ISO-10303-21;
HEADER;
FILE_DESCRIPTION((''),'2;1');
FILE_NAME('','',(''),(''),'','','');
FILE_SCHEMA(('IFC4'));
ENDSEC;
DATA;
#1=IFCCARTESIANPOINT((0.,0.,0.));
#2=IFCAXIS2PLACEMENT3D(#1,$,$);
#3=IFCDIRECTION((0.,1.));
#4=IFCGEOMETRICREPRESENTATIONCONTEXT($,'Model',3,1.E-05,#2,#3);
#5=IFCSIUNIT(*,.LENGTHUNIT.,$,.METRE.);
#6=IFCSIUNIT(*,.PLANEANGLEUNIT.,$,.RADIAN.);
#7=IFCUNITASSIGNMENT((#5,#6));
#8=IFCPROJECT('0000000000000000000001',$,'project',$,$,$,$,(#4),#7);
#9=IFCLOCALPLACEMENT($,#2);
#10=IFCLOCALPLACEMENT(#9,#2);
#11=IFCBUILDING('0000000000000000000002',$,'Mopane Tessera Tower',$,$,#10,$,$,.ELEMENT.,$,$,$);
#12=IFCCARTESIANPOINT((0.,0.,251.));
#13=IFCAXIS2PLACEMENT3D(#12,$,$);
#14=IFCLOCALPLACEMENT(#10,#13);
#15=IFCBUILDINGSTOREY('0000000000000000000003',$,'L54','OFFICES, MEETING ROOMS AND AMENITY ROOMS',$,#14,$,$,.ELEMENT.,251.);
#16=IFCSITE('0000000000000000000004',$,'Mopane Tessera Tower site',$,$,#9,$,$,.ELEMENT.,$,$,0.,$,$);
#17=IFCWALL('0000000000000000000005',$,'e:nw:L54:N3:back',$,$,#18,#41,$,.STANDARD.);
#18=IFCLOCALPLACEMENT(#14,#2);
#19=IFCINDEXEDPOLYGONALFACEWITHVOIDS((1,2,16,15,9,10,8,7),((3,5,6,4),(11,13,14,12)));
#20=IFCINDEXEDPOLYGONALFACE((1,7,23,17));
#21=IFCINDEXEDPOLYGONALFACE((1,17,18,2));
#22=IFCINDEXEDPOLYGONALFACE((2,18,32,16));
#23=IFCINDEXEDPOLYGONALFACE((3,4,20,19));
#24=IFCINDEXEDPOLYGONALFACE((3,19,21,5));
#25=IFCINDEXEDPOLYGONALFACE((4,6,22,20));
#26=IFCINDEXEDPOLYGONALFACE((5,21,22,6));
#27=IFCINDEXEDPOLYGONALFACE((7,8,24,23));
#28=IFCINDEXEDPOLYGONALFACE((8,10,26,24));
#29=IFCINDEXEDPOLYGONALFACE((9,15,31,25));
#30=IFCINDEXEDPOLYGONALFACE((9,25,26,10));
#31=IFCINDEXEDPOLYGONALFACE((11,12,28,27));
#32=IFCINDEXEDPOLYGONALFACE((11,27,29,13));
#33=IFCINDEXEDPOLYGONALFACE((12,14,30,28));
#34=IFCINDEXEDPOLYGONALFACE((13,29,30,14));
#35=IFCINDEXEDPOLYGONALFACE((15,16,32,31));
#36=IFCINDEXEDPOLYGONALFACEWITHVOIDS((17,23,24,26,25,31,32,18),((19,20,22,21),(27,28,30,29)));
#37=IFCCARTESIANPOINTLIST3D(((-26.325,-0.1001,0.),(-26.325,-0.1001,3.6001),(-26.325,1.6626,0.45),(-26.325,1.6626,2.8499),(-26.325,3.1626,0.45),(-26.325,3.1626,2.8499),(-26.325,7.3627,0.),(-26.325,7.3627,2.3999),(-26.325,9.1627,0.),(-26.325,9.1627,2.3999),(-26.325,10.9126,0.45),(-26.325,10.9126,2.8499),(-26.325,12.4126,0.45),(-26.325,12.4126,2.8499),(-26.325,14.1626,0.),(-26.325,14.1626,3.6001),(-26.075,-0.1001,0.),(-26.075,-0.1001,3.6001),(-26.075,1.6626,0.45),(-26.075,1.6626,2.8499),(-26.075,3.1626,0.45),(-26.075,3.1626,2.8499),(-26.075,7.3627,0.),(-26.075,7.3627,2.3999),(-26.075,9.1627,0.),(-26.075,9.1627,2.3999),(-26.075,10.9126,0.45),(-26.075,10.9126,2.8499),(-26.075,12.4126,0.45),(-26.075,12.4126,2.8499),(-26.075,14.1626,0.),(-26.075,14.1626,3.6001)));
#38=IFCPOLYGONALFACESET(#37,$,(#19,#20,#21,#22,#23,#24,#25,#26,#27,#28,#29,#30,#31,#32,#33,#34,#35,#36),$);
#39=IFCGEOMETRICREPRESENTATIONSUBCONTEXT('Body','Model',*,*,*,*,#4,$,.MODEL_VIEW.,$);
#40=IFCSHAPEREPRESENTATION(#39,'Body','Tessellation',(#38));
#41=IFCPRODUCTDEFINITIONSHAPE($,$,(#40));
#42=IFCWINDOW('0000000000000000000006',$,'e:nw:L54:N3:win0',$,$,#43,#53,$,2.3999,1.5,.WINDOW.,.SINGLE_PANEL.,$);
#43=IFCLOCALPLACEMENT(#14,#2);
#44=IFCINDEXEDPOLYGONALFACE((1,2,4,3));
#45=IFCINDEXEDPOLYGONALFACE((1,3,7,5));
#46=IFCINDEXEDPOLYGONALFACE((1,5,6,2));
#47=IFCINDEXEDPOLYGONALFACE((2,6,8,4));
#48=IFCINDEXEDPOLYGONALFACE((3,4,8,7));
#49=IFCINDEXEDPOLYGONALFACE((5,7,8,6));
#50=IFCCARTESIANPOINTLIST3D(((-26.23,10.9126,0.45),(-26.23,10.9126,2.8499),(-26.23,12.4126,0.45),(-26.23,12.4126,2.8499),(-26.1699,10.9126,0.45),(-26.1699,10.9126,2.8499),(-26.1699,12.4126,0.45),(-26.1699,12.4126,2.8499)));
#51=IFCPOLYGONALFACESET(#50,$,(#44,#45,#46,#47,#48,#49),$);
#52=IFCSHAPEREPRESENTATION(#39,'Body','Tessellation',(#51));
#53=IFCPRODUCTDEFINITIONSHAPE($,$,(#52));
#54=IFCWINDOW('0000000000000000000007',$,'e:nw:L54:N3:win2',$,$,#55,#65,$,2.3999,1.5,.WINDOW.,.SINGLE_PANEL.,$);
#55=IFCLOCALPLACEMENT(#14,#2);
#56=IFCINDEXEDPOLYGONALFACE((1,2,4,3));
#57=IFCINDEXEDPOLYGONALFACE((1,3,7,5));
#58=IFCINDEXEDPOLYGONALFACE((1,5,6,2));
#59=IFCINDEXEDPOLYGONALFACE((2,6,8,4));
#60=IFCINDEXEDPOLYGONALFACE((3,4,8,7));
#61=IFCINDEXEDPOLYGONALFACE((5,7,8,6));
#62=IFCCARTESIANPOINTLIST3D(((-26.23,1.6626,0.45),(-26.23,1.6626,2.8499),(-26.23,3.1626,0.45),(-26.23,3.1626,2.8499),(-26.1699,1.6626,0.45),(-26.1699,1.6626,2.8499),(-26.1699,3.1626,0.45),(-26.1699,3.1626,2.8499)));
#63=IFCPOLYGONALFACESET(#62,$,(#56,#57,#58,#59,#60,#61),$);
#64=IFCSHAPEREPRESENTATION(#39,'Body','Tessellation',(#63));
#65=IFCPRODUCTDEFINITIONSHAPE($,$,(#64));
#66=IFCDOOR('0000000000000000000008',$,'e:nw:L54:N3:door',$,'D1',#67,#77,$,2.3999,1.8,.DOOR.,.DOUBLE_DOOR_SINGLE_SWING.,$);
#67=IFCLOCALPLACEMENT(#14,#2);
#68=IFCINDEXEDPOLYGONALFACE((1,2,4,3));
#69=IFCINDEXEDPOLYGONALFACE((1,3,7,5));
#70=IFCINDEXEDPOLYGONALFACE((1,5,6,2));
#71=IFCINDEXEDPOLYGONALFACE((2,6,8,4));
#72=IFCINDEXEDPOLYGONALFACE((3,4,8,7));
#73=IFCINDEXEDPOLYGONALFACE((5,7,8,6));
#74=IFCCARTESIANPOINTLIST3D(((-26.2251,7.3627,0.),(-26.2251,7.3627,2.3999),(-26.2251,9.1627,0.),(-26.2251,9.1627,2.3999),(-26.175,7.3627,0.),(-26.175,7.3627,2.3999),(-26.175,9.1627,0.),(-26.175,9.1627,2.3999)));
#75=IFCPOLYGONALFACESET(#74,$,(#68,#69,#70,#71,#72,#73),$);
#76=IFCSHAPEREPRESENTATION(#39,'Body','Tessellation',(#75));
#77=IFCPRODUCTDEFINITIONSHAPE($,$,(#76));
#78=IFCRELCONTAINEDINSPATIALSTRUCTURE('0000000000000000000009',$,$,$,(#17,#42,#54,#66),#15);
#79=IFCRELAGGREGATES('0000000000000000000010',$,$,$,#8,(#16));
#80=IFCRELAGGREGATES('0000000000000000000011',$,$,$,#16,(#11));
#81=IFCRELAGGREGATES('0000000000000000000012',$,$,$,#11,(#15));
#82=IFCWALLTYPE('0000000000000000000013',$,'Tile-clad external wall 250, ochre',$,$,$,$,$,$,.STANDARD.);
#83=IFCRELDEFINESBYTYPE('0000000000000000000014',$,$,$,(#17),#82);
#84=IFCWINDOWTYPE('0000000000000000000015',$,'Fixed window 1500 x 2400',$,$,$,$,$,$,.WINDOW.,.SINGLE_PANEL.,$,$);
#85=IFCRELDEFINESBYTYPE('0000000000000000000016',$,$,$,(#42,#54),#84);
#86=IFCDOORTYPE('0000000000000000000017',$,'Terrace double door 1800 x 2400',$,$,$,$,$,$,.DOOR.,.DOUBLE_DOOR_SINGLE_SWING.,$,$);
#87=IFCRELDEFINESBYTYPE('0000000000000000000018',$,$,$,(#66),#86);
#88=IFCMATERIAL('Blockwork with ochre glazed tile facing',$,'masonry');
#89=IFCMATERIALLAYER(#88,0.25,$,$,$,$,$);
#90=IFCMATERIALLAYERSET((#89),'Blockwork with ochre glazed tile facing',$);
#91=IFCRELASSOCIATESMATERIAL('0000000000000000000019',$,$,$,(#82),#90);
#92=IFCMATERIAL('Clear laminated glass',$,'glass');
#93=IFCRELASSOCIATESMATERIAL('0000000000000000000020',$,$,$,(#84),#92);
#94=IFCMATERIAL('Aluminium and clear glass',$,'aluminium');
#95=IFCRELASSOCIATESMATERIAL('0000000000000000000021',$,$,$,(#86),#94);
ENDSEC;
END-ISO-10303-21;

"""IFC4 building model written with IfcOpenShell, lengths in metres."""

from ifc_helpers import new_model, si_unit, direction, frame, frame_2d, origin, place, context, subcontext, project, spatial, rectangle, extrude, material, layer, layer_set, type_object, element, fill, save


model = new_model("IFC4")

# Units and contexts
model_context = context("Model", 3, precision=1e-05, world=origin(), true_north=direction((0.0, 1.0)))
body_context = subcontext(model_context, "Body", "Model", "MODEL_VIEW")
ifc_project = project(units=[si_unit("LENGTHUNIT", "METRE"), si_unit("PLANEANGLEUNIT", "RADIAN")], contexts=[model_context])

# Site, building, storey
site_placement = place(None, origin())
site = spatial("IfcSite", under=ifc_project, at=site_placement, Name="Mopane Tessera Tower site", CompositionType="ELEMENT", RefElevation=0.0)
building_placement = place(site_placement, origin())
building = spatial("IfcBuilding", under=site, at=building_placement, Name="Mopane Tessera Tower", CompositionType="ELEMENT")
storey_placement = place(building_placement, frame((0.0, 0.0, 251.0)))
storey = spatial("IfcBuildingStorey", under=building, at=storey_placement, Name="L54", Description="OFFICES, MEETING ROOMS AND AMENITY ROOMS", CompositionType="ELEMENT", Elevation=251.0)

# Wall, openings, windows, door
ifc_material_1 = material(Name="Blockwork with ochre glazed tile facing", Category="masonry")
ifc_layer_1 = layer(ifc_material_1, 0.25)
ifc_layer_set_1 = layer_set([ifc_layer_1], Name="Blockwork with ochre glazed tile facing")
wall_type_1 = type_object("IfcWallType", Name="Tile-clad external wall 250, ochre", PredefinedType="STANDARD", material=ifc_layer_set_1)
wall_1_placement = place(storey_placement, frame((-26.2, 14.1626, 0.0), z_axis=(0.0, 0.0, 1.0), x_axis=(0.0, -1.0, 0.0)))
wall_1 = element("IfcWall", 1, at=wall_1_placement, inside=storey, type_object=wall_type_1, Name="e:nw:L54:N3:back", PredefinedType="STANDARD", context=body_context, shape_type="SweptSolid", body=[
    extrude(rectangle(XDim=14.2627, YDim=0.25, at=frame_2d((7.1313, 0.0))), origin(), (0.0, 0.0, 1.0), 3.6001),
])
opening_1_placement = place(wall_1_placement, frame((1.75, 0.0, 0.45)))
opening_1 = element("IfcOpeningElement", 2, at=opening_1_placement, cuts=wall_1, PredefinedType="OPENING", context=body_context, shape_type="SweptSolid", body=[
    extrude(rectangle(XDim=1.5, YDim=2.3999, at=frame_2d((0.75, 1.2))), frame((0.0, 0.137, 0.0), z_axis=(0.0, -1.0, 0.0), x_axis=(1.0, 0.0, 0.0)), (0.0, 0.0, 1.0), 0.2739),
])
opening_2_placement = place(wall_1_placement, frame((5.0, 0.0, 0.0)))
opening_2 = element("IfcOpeningElement", 3, at=opening_2_placement, cuts=wall_1, PredefinedType="OPENING", context=body_context, shape_type="SweptSolid", body=[
    extrude(rectangle(XDim=1.8, YDim=2.3999, at=frame_2d((0.8999, 1.2))), frame((0.0, 0.137, 0.0), z_axis=(0.0, -1.0, 0.0), x_axis=(1.0, 0.0, 0.0)), (0.0, 0.0, 1.0), 0.2739),
])
opening_3_placement = place(wall_1_placement, frame((11.0, 0.0, 0.45)))
opening_3 = element("IfcOpeningElement", 4, at=opening_3_placement, cuts=wall_1, PredefinedType="OPENING", context=body_context, shape_type="SweptSolid", body=[
    extrude(rectangle(XDim=1.5, YDim=2.3999, at=frame_2d((0.75, 1.2))), frame((0.0, 0.137, 0.0), z_axis=(0.0, -1.0, 0.0), x_axis=(1.0, 0.0, 0.0)), (0.0, 0.0, 1.0), 0.2739),
])
ifc_material_2 = material(Name="Clear laminated glass", Category="glass")
window_type = type_object("IfcWindowType", Name="Fixed window 1500 x 2400", PartitioningType="SINGLE_PANEL", PredefinedType="WINDOW", material=ifc_material_2)
window_1_placement = place(opening_1_placement, origin())
window_1 = element("IfcWindow", 5, at=window_1_placement, inside=storey, type_object=window_type, Name="e:nw:L54:N3:win0", OverallHeight=2.3999, OverallWidth=1.5, PartitioningType="SINGLE_PANEL", PredefinedType="WINDOW", context=body_context, shape_type="SweptSolid", body=[
    extrude(rectangle(XDim=1.5, YDim=2.3999, at=frame_2d((0.75, 1.2))), frame((0.0, 0.03, 0.0), z_axis=(0.0, -1.0, 0.0), x_axis=(1.0, 0.0, 0.0)), (0.0, 0.0, 1.0), 0.0601),
])
fill(opening_1, window_1)
window_2_placement = place(opening_3_placement, origin())
window_2 = element("IfcWindow", 6, at=window_2_placement, inside=storey, type_object=window_type, Name="e:nw:L54:N3:win2", OverallHeight=2.3999, OverallWidth=1.5, PartitioningType="SINGLE_PANEL", PredefinedType="WINDOW", context=body_context, shape_type="SweptSolid", body=[
    extrude(rectangle(XDim=1.5, YDim=2.3999, at=frame_2d((0.75, 1.2))), frame((0.0, 0.03, 0.0), z_axis=(0.0, -1.0, 0.0), x_axis=(1.0, 0.0, 0.0)), (0.0, 0.0, 1.0), 0.0601),
])
fill(opening_3, window_2)
ifc_material_3 = material(Name="Aluminium and clear glass", Category="aluminium")
door_type_1 = type_object("IfcDoorType", Name="Terrace double door 1800 x 2400", OperationType="DOUBLE_DOOR_SINGLE_SWING", PredefinedType="DOOR", material=ifc_material_3)
door_1_placement = place(opening_2_placement, origin())
door_1 = element("IfcDoor", 7, at=door_1_placement, inside=storey, type_object=door_type_1, Name="e:nw:L54:N3:door", ObjectType="D1", OperationType="DOUBLE_DOOR_SINGLE_SWING", OverallHeight=2.3999, OverallWidth=1.8, PredefinedType="DOOR", context=body_context, shape_type="SweptSolid", body=[
    extrude(rectangle(XDim=1.8, YDim=2.3999, at=frame_2d((0.8999, 1.2))), frame((0.0, 0.0249, 0.0), z_axis=(0.0, -1.0, 0.0), x_axis=(1.0, 0.0, 0.0)), (0.0, 0.0, 1.0), 0.05),
])
fill(opening_2, door_1)

save(model, "model.ifc")
